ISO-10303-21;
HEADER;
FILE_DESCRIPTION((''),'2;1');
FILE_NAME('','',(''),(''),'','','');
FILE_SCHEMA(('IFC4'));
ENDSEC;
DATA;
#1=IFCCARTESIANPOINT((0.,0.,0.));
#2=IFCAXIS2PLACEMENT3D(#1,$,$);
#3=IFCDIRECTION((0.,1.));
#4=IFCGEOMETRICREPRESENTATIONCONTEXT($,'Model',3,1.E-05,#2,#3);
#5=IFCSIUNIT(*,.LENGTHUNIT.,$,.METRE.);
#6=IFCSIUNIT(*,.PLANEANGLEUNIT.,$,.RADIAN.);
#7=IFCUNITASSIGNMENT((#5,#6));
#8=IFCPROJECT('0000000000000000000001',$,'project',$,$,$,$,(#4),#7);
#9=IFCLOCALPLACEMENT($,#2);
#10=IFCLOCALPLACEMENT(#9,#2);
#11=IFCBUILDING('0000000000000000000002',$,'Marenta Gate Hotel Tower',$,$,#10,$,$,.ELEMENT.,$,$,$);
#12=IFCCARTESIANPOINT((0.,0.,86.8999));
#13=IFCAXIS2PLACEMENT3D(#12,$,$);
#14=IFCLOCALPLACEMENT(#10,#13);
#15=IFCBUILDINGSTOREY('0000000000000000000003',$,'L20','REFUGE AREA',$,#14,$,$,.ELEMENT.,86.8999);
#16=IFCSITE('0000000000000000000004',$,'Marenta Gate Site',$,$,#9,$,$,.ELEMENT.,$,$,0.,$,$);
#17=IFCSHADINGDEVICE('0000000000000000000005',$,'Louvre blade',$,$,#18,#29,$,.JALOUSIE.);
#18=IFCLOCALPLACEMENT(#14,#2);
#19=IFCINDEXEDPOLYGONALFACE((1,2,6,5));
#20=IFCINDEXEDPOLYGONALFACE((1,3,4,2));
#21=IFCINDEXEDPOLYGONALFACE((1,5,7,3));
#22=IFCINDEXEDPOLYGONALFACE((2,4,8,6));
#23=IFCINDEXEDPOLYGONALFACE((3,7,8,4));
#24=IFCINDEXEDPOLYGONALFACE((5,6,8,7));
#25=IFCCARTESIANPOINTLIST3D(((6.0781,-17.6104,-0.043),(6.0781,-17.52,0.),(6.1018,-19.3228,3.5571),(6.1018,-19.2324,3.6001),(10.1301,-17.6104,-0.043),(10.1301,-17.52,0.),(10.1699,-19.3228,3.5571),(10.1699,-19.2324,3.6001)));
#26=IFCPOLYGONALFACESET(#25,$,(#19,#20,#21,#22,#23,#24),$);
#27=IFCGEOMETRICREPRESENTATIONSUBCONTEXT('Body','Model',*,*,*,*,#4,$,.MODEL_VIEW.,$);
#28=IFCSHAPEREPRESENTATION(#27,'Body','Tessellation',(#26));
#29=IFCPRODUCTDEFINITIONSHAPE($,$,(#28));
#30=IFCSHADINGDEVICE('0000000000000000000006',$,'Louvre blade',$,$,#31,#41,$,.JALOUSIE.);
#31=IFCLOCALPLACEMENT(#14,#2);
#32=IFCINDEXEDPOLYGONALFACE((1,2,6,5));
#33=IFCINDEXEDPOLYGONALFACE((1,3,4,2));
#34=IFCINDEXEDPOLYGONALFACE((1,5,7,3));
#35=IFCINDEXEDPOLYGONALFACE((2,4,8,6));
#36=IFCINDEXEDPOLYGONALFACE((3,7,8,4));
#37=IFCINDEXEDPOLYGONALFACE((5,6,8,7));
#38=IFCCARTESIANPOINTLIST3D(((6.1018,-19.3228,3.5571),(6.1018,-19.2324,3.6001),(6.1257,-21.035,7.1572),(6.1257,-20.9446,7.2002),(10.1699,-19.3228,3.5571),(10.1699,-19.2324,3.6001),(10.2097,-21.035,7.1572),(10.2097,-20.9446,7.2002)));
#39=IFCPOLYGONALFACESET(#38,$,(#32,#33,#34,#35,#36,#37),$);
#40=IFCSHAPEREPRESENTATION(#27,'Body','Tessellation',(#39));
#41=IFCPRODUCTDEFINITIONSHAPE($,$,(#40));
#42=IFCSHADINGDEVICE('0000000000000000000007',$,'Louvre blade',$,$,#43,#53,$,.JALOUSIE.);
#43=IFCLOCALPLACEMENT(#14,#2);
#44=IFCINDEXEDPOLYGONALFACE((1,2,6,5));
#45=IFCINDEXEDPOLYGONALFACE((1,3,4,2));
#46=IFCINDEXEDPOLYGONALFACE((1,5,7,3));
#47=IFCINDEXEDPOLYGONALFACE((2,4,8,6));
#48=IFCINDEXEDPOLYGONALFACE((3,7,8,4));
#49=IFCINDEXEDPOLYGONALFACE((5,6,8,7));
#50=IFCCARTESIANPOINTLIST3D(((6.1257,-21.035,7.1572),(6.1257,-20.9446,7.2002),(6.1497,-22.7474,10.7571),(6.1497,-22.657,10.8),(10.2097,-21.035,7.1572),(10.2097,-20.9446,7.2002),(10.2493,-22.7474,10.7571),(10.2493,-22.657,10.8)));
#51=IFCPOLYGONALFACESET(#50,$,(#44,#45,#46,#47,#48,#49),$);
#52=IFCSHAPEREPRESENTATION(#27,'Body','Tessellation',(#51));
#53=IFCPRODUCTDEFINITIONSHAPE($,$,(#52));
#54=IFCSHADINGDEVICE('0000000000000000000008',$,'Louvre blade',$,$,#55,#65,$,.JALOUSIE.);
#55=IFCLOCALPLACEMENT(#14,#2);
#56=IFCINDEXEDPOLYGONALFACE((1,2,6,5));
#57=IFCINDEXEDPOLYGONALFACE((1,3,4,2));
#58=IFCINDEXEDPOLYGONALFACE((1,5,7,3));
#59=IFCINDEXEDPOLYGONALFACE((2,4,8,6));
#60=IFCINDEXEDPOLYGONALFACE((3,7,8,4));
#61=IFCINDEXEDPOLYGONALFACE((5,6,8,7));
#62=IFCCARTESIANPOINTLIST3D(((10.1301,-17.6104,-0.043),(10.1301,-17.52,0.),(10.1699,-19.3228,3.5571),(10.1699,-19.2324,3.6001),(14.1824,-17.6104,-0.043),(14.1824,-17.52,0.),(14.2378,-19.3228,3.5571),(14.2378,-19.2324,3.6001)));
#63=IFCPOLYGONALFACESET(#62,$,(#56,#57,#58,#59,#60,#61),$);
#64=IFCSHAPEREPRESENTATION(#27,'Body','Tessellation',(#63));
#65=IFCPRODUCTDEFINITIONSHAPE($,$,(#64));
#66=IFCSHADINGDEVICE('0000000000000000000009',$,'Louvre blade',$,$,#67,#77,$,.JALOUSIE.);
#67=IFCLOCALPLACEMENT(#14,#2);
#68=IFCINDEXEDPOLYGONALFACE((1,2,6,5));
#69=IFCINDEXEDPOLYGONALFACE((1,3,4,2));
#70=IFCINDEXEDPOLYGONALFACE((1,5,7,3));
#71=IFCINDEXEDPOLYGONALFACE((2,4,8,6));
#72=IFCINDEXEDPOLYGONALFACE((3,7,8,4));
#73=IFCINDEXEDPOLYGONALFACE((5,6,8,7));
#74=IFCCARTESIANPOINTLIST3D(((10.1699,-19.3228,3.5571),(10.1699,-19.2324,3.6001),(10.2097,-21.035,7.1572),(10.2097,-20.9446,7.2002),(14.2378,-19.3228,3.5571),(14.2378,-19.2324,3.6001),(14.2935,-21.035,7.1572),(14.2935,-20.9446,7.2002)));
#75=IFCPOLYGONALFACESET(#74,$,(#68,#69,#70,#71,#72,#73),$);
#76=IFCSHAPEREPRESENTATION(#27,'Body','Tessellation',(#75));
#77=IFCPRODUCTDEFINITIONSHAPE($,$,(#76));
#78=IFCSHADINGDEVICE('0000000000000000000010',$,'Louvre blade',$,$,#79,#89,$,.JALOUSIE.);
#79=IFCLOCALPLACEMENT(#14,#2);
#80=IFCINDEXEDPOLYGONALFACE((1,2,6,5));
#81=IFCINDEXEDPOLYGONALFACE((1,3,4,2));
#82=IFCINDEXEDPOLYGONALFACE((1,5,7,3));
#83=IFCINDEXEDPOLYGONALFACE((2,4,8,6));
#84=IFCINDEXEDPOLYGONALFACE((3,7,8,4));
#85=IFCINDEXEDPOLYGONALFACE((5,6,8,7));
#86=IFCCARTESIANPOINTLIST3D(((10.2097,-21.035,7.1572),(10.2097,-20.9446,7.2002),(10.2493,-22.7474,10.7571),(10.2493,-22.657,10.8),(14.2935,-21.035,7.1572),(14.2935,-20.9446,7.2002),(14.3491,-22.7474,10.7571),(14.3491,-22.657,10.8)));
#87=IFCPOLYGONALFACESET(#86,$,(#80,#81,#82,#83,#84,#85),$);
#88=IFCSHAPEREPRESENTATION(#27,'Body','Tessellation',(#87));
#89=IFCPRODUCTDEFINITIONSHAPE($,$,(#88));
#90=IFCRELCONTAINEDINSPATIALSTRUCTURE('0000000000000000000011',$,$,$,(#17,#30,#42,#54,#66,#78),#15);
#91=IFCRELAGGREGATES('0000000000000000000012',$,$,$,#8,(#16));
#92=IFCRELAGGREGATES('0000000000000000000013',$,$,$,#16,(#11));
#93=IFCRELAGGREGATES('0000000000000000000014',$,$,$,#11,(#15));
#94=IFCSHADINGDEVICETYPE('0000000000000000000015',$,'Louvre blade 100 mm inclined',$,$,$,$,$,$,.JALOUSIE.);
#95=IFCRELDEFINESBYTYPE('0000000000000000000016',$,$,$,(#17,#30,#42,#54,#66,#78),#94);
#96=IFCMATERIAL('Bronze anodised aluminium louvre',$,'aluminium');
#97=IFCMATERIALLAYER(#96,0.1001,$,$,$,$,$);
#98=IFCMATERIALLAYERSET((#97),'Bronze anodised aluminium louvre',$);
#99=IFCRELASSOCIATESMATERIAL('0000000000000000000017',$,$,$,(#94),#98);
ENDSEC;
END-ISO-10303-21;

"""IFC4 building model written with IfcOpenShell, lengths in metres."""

from ifc_helpers import new_model, si_unit, direction, frame, origin, place, context, subcontext, project, spatial, polyline, outline, extrude, material, layer, layer_set, type_object, element, save


model = new_model("IFC4")

# Units and contexts
model_context = context("Model", 3, precision=1e-05, world=origin(), true_north=direction((0.0, 1.0)))
body_context = subcontext(model_context, "Body", "Model", "MODEL_VIEW")
ifc_project = project(units=[si_unit("LENGTHUNIT", "METRE"), si_unit("PLANEANGLEUNIT", "RADIAN")], contexts=[model_context])

# Site, building, storey
site_placement = place(None, origin())
site = spatial("IfcSite", under=ifc_project, at=site_placement, Name="Marenta Gate Site", CompositionType="ELEMENT", RefElevation=0.0)
building_placement = place(site_placement, origin())
building = spatial("IfcBuilding", under=site, at=building_placement, Name="Marenta Gate Hotel Tower", CompositionType="ELEMENT")
storey_placement = place(building_placement, frame((0.0, 0.0, 86.8999)))
storey = spatial("IfcBuildingStorey", under=building, at=storey_placement, Name="L20", Description="REFUGE AREA", CompositionType="ELEMENT", Elevation=86.8999)

# Shading devices
ifc_material_1 = material(Name="Bronze anodised aluminium louvre", Category="aluminium")
ifc_layer = layer(ifc_material_1, 0.1001)
ifc_layer_set = layer_set([ifc_layer], Name="Bronze anodised aluminium louvre")
shading_device_type = type_object("IfcShadingDeviceType", Name="Louvre blade 100 mm inclined", PredefinedType="JALOUSIE", material=ifc_layer_set)
shading_device_1_placement = place(storey_placement, frame((6.0781, -17.52, 0.0), z_axis=(0.0, 0.903048, 0.429539), x_axis=(1.0, 0.0, 0.0)))
element("IfcShadingDevice", 1, at=shading_device_1_placement, inside=storey, type_object=shading_device_type, Name="Louvre blade", PredefinedType="JALOUSIE", context=body_context, shape_type="SweptSolid", body=[
    extrude(outline(polyline([(0.0, 0.0), (4.052, 0.0), (4.0918, -3.9866), (0.0237, -3.9866), (0.0, 0.0)])), origin(), (0.0, 0.0, -1.0), 0.1001),
])
shading_device_2_placement = place(storey_placement, frame((6.1018, -19.2324, 3.6001), z_axis=(0.0, 0.903072, 0.429489), x_axis=(1.0, 0.0, 0.0)))
element("IfcShadingDevice", 2, at=shading_device_2_placement, inside=storey, type_object=shading_device_type, Name="Louvre blade", PredefinedType="JALOUSIE", context=body_context, shape_type="SweptSolid", body=[
    extrude(outline(polyline([(0.0, 0.0), (4.0681, 0.0), (4.1079, -3.9865), (0.0239, -3.9865), (0.0, 0.0)])), origin(), (0.0, 0.0, -1.0), 0.1001),
])
shading_device_3_placement = place(storey_placement, frame((6.1257, -20.9446, 7.2002), z_axis=(0.0, 0.903037, 0.429563), x_axis=(1.0, 0.0, 0.0)))
element("IfcShadingDevice", 3, at=shading_device_3_placement, inside=storey, type_object=shading_device_type, Name="Louvre blade", PredefinedType="JALOUSIE", context=body_context, shape_type="SweptSolid", body=[
    extrude(outline(polyline([(0.0, 0.0), (4.084, 0.0), (4.1235, -3.9864), (0.0239, -3.9864), (0.0, 0.0)])), origin(), (0.0, 0.0, -1.0), 0.1001),
])
shading_device_4_placement = place(storey_placement, frame((10.1301, -17.52, 0.0), z_axis=(0.0, 0.903048, 0.429539), x_axis=(1.0, 0.0, 0.0)))
element("IfcShadingDevice", 4, at=shading_device_4_placement, inside=storey, type_object=shading_device_type, Name="Louvre blade", PredefinedType="JALOUSIE", context=body_context, shape_type="SweptSolid", body=[
    extrude(outline(polyline([(0.0, 0.0), (4.0522, 0.0), (4.1077, -3.9866), (0.0398, -3.9866), (0.0, 0.0)])), origin(), (0.0, 0.0, -1.0), 0.1001),
])
shading_device_5_placement = place(storey_placement, frame((10.1699, -19.2324, 3.6001), z_axis=(0.0, 0.903072, 0.429489), x_axis=(1.0, 0.0, 0.0)))
element("IfcShadingDevice", 5, at=shading_device_5_placement, inside=storey, type_object=shading_device_type, Name="Louvre blade", PredefinedType="JALOUSIE", context=body_context, shape_type="SweptSolid", body=[
    extrude(outline(polyline([(0.0, 0.0), (4.0679, 0.0), (4.1235, -3.9865), (0.0398, -3.9865), (0.0, 0.0)])), origin(), (0.0, 0.0, -1.0), 0.1001),
])
shading_device_6_placement = place(storey_placement, frame((10.2097, -20.9446, 7.2002), z_axis=(0.0, 0.903037, 0.429563), x_axis=(1.0, 0.0, 0.0)))
element("IfcShadingDevice", 6, at=shading_device_6_placement, inside=storey, type_object=shading_device_type, Name="Louvre blade", PredefinedType="JALOUSIE", context=body_context, shape_type="SweptSolid", body=[
    extrude(outline(polyline([(0.0, 0.0), (4.0837, 0.0), (4.1394, -3.9864), (0.0396, -3.9864), (0.0, 0.0)])), origin(), (0.0, 0.0, -1.0), 0.1001),
])

save(model, "model.ifc")
